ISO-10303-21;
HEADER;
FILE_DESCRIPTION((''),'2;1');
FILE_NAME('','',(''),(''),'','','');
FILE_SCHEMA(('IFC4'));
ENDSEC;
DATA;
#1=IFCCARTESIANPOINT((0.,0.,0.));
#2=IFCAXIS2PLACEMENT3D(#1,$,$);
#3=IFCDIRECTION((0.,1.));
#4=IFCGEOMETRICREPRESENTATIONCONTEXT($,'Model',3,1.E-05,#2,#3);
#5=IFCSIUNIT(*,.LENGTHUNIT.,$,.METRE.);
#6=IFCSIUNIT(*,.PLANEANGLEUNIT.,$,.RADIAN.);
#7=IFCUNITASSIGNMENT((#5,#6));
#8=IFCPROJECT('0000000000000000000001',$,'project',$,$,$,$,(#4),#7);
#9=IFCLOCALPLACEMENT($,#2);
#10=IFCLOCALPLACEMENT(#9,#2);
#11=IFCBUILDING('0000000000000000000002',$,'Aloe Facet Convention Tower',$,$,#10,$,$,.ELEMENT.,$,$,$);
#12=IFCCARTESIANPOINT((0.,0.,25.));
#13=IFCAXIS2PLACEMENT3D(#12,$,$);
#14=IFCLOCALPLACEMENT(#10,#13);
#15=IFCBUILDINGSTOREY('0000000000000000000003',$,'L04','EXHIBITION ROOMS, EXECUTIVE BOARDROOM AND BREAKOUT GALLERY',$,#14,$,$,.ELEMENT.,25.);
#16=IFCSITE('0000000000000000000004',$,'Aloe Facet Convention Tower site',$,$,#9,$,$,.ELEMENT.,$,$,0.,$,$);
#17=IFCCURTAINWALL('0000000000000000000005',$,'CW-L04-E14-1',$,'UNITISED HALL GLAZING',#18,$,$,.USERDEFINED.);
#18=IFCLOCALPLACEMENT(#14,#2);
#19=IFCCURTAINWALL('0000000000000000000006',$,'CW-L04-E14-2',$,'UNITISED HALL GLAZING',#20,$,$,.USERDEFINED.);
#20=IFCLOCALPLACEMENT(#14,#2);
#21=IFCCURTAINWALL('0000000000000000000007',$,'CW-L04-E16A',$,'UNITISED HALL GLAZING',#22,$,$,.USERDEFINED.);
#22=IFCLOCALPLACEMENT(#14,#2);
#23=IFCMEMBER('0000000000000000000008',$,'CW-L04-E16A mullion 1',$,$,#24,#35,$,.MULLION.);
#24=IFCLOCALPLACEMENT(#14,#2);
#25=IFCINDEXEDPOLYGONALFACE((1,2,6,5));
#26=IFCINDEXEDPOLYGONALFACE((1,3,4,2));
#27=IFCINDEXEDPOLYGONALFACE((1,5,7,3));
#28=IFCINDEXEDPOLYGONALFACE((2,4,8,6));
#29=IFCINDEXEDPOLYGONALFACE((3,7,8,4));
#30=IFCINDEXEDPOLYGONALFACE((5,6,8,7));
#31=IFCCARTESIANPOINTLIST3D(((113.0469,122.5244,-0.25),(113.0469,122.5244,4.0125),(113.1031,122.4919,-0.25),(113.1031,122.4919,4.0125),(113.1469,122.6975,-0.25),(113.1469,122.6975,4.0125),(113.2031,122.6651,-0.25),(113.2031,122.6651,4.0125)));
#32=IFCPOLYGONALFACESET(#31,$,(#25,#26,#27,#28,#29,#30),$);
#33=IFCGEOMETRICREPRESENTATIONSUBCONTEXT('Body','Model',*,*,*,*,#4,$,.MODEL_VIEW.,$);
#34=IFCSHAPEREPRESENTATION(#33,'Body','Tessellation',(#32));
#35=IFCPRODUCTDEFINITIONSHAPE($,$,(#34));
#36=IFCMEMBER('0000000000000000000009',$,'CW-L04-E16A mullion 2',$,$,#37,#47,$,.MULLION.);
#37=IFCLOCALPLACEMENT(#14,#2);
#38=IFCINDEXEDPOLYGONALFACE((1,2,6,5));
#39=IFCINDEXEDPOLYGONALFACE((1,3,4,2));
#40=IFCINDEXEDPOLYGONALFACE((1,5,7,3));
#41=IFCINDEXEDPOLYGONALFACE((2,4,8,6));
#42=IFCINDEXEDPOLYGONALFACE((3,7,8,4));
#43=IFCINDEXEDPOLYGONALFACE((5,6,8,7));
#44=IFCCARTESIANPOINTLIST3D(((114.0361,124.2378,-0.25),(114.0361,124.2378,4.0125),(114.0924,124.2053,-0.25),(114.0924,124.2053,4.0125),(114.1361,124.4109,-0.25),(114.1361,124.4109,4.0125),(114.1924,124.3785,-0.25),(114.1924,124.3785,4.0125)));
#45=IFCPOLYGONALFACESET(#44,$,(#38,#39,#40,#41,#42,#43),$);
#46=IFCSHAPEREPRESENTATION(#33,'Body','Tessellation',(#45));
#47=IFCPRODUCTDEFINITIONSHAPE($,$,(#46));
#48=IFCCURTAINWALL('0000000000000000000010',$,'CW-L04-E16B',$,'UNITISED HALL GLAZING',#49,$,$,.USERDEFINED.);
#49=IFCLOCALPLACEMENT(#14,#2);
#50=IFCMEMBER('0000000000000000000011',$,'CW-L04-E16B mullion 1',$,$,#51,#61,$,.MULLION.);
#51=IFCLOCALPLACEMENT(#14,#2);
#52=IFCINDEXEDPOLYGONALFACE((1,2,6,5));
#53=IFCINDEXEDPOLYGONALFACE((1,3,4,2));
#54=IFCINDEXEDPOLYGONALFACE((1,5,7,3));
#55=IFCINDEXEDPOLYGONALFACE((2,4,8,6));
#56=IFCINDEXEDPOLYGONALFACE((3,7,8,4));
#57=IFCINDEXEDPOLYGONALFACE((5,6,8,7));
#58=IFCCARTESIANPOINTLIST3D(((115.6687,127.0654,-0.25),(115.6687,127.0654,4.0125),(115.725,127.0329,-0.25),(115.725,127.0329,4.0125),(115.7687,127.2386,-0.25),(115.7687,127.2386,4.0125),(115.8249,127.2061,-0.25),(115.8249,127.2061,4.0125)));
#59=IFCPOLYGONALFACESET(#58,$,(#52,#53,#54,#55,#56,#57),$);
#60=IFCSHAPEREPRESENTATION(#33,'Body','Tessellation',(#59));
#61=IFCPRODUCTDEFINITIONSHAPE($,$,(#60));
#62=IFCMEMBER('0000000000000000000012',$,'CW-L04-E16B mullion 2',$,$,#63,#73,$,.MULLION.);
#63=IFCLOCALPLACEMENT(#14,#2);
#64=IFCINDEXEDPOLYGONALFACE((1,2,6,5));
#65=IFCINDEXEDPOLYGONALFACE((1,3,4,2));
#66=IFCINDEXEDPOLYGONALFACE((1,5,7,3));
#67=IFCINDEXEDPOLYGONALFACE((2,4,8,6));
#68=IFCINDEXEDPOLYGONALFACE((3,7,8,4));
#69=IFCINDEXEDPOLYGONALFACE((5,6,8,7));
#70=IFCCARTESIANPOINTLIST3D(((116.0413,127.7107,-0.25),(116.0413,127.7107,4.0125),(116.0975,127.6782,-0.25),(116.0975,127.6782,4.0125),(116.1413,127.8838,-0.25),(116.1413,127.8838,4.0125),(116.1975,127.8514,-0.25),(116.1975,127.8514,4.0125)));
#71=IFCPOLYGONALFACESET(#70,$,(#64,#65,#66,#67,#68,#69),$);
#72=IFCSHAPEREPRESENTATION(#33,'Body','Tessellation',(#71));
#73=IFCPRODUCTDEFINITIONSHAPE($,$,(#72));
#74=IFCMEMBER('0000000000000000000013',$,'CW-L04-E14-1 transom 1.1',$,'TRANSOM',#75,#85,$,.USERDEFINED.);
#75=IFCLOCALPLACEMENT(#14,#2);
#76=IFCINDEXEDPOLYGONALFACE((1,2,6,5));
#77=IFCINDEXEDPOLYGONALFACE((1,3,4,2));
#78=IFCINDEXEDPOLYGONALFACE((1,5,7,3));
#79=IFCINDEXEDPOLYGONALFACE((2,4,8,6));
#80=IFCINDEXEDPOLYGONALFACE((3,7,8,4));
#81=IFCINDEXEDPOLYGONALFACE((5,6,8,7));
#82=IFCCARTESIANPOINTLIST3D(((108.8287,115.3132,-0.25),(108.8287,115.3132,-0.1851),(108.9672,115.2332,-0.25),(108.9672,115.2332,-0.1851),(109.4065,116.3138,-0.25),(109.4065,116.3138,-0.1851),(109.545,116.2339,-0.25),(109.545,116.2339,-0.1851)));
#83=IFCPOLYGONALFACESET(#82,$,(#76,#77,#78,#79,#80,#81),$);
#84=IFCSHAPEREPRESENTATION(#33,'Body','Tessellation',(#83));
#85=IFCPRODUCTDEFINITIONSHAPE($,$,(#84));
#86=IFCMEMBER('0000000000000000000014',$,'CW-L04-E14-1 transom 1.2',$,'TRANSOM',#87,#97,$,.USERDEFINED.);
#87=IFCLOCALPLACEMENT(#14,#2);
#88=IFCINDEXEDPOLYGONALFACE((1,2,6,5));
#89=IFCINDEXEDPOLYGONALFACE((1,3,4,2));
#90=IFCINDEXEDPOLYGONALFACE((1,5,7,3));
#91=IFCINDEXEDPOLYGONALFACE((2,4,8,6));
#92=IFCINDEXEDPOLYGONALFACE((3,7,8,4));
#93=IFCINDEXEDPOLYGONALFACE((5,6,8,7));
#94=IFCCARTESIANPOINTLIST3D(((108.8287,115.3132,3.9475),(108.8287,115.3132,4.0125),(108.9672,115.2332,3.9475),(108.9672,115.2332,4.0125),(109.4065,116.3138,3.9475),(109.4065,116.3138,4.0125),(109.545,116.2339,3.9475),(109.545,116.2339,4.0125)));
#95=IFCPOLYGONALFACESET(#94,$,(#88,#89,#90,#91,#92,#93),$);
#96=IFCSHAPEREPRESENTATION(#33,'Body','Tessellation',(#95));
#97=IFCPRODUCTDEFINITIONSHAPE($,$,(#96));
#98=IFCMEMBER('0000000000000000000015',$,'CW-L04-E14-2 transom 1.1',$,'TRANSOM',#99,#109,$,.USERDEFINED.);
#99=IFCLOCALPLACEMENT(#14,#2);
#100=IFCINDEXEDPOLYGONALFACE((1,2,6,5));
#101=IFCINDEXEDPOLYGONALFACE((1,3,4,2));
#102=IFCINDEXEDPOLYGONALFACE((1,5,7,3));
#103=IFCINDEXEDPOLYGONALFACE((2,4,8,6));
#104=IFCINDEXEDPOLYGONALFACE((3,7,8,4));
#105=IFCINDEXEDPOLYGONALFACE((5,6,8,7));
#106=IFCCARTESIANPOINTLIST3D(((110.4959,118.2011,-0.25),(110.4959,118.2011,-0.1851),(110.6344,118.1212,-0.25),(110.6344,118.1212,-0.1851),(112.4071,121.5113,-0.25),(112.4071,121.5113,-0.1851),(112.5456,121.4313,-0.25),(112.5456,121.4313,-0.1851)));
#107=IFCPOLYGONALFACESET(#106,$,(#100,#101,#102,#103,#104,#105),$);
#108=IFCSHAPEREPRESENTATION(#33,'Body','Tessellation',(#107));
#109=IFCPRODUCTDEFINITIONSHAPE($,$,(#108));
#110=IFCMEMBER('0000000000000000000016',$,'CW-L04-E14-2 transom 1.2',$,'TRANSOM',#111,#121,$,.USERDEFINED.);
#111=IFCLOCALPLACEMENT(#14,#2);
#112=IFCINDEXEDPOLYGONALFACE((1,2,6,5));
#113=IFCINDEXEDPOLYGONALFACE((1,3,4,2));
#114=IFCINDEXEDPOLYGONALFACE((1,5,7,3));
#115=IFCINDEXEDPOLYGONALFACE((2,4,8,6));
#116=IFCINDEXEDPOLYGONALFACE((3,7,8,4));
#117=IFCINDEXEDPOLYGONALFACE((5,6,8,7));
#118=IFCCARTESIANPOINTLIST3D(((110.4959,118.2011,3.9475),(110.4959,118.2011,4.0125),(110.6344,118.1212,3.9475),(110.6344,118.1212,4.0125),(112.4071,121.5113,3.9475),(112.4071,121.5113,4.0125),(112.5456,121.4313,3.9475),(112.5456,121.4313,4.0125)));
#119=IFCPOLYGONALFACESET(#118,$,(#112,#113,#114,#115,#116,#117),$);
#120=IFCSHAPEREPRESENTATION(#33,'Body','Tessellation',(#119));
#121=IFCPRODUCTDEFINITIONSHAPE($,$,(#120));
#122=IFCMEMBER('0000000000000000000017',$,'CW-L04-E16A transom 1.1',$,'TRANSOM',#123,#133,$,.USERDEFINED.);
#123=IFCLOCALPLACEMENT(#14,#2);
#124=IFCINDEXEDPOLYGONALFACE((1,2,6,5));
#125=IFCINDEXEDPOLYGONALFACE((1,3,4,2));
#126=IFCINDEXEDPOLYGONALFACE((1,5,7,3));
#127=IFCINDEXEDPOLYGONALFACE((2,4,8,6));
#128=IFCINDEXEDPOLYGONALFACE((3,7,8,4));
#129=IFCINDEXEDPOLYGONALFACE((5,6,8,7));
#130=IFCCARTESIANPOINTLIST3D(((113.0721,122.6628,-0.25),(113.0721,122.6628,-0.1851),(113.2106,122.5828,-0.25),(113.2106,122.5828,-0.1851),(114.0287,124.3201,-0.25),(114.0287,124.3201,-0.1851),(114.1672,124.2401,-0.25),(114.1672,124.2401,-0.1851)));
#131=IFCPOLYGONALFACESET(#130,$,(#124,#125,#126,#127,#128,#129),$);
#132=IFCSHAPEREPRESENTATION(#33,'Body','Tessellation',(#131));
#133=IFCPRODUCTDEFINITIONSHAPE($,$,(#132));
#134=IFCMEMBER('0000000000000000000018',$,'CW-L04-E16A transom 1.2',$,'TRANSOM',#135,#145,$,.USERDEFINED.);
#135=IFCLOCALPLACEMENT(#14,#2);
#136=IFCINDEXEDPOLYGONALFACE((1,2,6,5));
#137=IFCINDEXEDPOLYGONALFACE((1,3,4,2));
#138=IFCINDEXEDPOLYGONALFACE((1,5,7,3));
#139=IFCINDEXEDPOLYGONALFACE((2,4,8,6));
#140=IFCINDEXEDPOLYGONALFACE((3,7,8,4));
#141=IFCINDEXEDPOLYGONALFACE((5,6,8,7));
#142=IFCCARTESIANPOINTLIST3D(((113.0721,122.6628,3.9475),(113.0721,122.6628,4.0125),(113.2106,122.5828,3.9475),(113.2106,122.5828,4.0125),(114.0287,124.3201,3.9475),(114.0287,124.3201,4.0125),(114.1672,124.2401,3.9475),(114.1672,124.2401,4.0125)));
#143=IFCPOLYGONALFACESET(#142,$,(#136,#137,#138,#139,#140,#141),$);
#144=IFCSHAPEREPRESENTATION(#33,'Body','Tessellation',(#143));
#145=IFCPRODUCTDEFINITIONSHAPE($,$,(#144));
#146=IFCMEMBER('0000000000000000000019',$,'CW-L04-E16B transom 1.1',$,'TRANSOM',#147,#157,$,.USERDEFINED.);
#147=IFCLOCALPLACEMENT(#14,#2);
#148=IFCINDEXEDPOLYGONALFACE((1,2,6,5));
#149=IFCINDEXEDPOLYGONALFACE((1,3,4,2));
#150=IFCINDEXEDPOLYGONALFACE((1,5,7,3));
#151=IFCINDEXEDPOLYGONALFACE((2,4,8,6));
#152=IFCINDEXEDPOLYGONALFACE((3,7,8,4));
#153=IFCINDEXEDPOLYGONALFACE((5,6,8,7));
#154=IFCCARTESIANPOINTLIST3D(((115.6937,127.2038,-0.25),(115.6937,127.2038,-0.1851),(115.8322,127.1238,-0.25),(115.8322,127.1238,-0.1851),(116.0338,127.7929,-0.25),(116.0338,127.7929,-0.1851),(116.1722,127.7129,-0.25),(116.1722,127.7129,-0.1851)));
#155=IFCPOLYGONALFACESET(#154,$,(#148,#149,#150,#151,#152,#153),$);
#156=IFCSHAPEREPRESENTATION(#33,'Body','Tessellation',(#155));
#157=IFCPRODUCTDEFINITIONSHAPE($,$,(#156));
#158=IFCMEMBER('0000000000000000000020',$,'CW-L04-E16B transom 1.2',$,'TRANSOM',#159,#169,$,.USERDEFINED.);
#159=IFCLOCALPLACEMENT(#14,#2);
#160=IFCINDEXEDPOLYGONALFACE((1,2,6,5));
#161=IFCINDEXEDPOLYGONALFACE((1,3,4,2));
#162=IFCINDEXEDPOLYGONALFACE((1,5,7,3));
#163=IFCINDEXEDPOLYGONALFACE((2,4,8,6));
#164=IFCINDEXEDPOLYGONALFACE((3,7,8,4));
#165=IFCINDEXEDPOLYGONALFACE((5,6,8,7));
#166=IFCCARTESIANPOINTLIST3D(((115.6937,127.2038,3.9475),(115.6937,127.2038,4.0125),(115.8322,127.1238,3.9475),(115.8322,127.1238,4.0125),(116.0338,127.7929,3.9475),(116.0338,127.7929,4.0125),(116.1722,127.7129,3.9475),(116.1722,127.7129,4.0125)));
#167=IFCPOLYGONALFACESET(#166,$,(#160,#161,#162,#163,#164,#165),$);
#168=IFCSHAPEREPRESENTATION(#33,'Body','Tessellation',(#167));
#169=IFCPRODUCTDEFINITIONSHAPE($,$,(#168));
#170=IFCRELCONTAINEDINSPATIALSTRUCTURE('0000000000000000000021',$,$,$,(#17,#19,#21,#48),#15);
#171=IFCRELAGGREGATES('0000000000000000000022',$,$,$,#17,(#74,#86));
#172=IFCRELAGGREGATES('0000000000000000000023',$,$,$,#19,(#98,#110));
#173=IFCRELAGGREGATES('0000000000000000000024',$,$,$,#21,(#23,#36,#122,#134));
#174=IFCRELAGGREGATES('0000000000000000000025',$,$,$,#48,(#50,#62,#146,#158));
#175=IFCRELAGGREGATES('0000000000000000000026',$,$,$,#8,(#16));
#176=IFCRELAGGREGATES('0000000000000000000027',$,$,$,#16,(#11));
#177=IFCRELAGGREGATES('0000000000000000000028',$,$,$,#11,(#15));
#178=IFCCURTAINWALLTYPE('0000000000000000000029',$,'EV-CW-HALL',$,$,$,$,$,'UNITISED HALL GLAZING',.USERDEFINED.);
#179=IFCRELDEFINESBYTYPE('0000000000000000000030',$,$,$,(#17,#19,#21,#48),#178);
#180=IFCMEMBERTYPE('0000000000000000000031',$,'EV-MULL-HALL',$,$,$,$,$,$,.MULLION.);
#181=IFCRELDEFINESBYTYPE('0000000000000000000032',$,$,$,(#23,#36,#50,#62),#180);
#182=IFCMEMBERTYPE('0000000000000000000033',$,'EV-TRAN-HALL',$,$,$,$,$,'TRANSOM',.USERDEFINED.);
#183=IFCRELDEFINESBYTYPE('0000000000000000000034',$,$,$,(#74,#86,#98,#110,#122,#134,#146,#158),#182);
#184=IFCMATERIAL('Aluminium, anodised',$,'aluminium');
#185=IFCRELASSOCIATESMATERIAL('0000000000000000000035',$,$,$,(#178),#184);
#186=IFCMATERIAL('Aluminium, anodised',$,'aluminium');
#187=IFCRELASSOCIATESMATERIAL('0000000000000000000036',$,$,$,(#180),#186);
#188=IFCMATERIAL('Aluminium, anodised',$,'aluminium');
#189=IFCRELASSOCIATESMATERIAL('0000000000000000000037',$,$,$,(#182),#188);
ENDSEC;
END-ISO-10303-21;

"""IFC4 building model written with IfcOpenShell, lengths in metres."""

from ifc_helpers import new_model, si_unit, direction, frame, origin, origin_2d, place, context, subcontext, project, spatial, rectangle, extrude, material, material_profile, profile_set, type_object, element, aggregate, save


model = new_model("IFC4")

# Units and contexts
model_context = context("Model", 3, precision=1e-05, world=origin(), true_north=direction((0.0, 1.0)))
body_context = subcontext(model_context, "Body", "Model", "MODEL_VIEW")
ifc_project = project(units=[si_unit("LENGTHUNIT", "METRE"), si_unit("PLANEANGLEUNIT", "RADIAN")], contexts=[model_context])

# Site, building, storey
site_placement = place(None, origin())
site = spatial("IfcSite", under=ifc_project, at=site_placement, Name="Aloe Facet Convention Tower site", CompositionType="ELEMENT", RefElevation=0.0)
building_placement = place(site_placement, origin())
building = spatial("IfcBuilding", under=site, at=building_placement, Name="Aloe Facet Convention Tower", CompositionType="ELEMENT")
storey_placement = place(building_placement, frame((0.0, 0.0, 25.0)))
storey = spatial("IfcBuildingStorey", under=building, at=storey_placement, Name="L04", Description="EXHIBITION ROOMS, EXECUTIVE BOARDROOM AND BREAKOUT GALLERY", CompositionType="ELEMENT", Elevation=25.0)

# Curtain walls, members
ifc_material_1 = material(Name="Aluminium, anodised", Category="aluminium")
curtain_wall_type = type_object("IfcCurtainWallType", Name="EV-CW-HALL", ElementType="UNITISED HALL GLAZING", PredefinedType="USERDEFINED", material=ifc_material_1)
curtain_wall_1_placement = place(storey_placement, origin())
curtain_wall_1 = element("IfcCurtainWall", 1, at=curtain_wall_1_placement, inside=storey, type_object=curtain_wall_type, Name="CW-L04-E14-1", ObjectType="UNITISED HALL GLAZING", PredefinedType="USERDEFINED")
ifc_material_2 = material(Name="Aluminium, anodised", Category="aluminium")
ifc_material_profile_1 = material_profile(ifc_material_2, rectangle(XDim=0.0649, YDim=0.2, at=origin_2d()), Name="AL 65x200")
ifc_profile_set_1 = profile_set([ifc_material_profile_1], Name="Aluminium, anodised")
member_type_1 = type_object("IfcMemberType", Name="EV-MULL-HALL", PredefinedType="MULLION", material=ifc_profile_set_1)
curtain_wall_2_placement = place(storey_placement, origin())
curtain_wall_2 = element("IfcCurtainWall", 2, at=curtain_wall_2_placement, inside=storey, type_object=curtain_wall_type, Name="CW-L04-E14-2", ObjectType="UNITISED HALL GLAZING", PredefinedType="USERDEFINED")
curtain_wall_3_placement = place(storey_placement, origin())
curtain_wall_3 = element("IfcCurtainWall", 3, at=curtain_wall_3_placement, inside=storey, type_object=curtain_wall_type, Name="CW-L04-E16A", ObjectType="UNITISED HALL GLAZING", PredefinedType="USERDEFINED")
member_1_placement = place(storey_placement, frame((113.125, 122.5947, -0.25), z_axis=(0.0, 0.0, 1.0), x_axis=(-0.866025, 0.5, 0.0)))
member_1 = element("IfcMember", 4, at=member_1_placement, type_object=member_type_1, Name="CW-L04-E16A mullion 1", PredefinedType="MULLION", context=body_context, shape_type="SweptSolid", body=[
    extrude(rectangle(XDim=0.0649, YDim=0.2, at=origin_2d()), origin(), (0.0, 0.0, 1.0), 4.2625),
])
member_2_placement = place(storey_placement, frame((114.1143, 124.3081, -0.25), z_axis=(0.0, 0.0, 1.0), x_axis=(-0.866025, 0.5, 0.0)))
member_2 = element("IfcMember", 5, at=member_2_placement, type_object=member_type_1, Name="CW-L04-E16A mullion 2", PredefinedType="MULLION", context=body_context, shape_type="SweptSolid", body=[
    extrude(rectangle(XDim=0.0649, YDim=0.2, at=origin_2d()), origin(), (0.0, 0.0, 1.0), 4.2625),
])
curtain_wall_4_placement = place(storey_placement, origin())
curtain_wall_4 = element("IfcCurtainWall", 6, at=curtain_wall_4_placement, inside=storey, type_object=curtain_wall_type, Name="CW-L04-E16B", ObjectType="UNITISED HALL GLAZING", PredefinedType="USERDEFINED")
member_3_placement = place(storey_placement, frame((115.7468, 127.1357, -0.25), z_axis=(0.0, 0.0, 1.0), x_axis=(-0.866025, 0.5, 0.0)))
member_3 = element("IfcMember", 7, at=member_3_placement, type_object=member_type_1, Name="CW-L04-E16B mullion 1", PredefinedType="MULLION", context=body_context, shape_type="SweptSolid", body=[
    extrude(rectangle(XDim=0.0649, YDim=0.2, at=origin_2d()), origin(), (0.0, 0.0, 1.0), 4.2625),
])
member_4_placement = place(storey_placement, frame((116.1194, 127.781, -0.25), z_axis=(0.0, 0.0, 1.0), x_axis=(-0.866025, 0.5, 0.0)))
member_4 = element("IfcMember", 8, at=member_4_placement, type_object=member_type_1, Name="CW-L04-E16B mullion 2", PredefinedType="MULLION", context=body_context, shape_type="SweptSolid", body=[
    extrude(rectangle(XDim=0.0649, YDim=0.2, at=origin_2d()), origin(), (0.0, 0.0, 1.0), 4.2625),
])

# Members
ifc_material_3 = material(Name="Aluminium, anodised", Category="aluminium")
ifc_material_profile_2 = material_profile(ifc_material_3, rectangle(XDim=0.1599, YDim=0.0649, at=origin_2d()), Name="AL 160x65")
ifc_profile_set_2 = profile_set([ifc_material_profile_2], Name="Aluminium, anodised")
member_type_2 = type_object("IfcMemberType", Name="EV-TRAN-HALL", ElementType="TRANSOM", PredefinedType="USERDEFINED", material=ifc_profile_set_2)
member_5_placement = place(storey_placement, frame((108.8979, 115.2732, -0.2175), z_axis=(0.50007, 0.865985, 0.0), x_axis=(-0.865985, 0.50007, 0.0)))
member_5 = element("IfcMember", 9, at=member_5_placement, type_object=member_type_2, Name="CW-L04-E14-1 transom 1.1", ObjectType="TRANSOM", PredefinedType="USERDEFINED", context=body_context, shape_type="SweptSolid", body=[
    extrude(rectangle(XDim=0.1599, YDim=0.0649, at=origin_2d()), origin(), (0.0, 0.0, 1.0), 1.1555),
])
member_6_placement = place(storey_placement, frame((108.8979, 115.2732, 3.98), z_axis=(0.50007, 0.865985, 0.0), x_axis=(-0.865985, 0.50007, 0.0)))
member_6 = element("IfcMember", 10, at=member_6_placement, type_object=member_type_2, Name="CW-L04-E14-1 transom 1.2", ObjectType="TRANSOM", PredefinedType="USERDEFINED", context=body_context, shape_type="SweptSolid", body=[
    extrude(rectangle(XDim=0.1599, YDim=0.0649, at=origin_2d()), origin(), (0.0, 0.0, 1.0), 1.1555),
])
member_7_placement = place(storey_placement, frame((110.5652, 118.1611, -0.2175), z_axis=(0.500014, 0.866018, 0.0), x_axis=(-0.866018, 0.500014, 0.0)))
member_7 = element("IfcMember", 11, at=member_7_placement, type_object=member_type_2, Name="CW-L04-E14-2 transom 1.1", ObjectType="TRANSOM", PredefinedType="USERDEFINED", context=body_context, shape_type="SweptSolid", body=[
    extrude(rectangle(XDim=0.1599, YDim=0.0649, at=origin_2d()), origin(), (0.0, 0.0, 1.0), 3.8223),
])
member_8_placement = place(storey_placement, frame((110.5652, 118.1611, 3.98), z_axis=(0.500014, 0.866018, 0.0), x_axis=(-0.866018, 0.500014, 0.0)))
member_8 = element("IfcMember", 12, at=member_8_placement, type_object=member_type_2, Name="CW-L04-E14-2 transom 1.2", ObjectType="TRANSOM", PredefinedType="USERDEFINED", context=body_context, shape_type="SweptSolid", body=[
    extrude(rectangle(XDim=0.1599, YDim=0.0649, at=origin_2d()), origin(), (0.0, 0.0, 1.0), 3.8223),
])
member_9_placement = place(storey_placement, frame((113.1414, 122.6228, -0.2175), z_axis=(0.499899, 0.866084, 0.0), x_axis=(-0.866084, 0.499899, 0.0)))
member_9 = element("IfcMember", 13, at=member_9_placement, type_object=member_type_2, Name="CW-L04-E16A transom 1.1", ObjectType="TRANSOM", PredefinedType="USERDEFINED", context=body_context, shape_type="SweptSolid", body=[
    extrude(rectangle(XDim=0.1599, YDim=0.0649, at=origin_2d()), origin(), (0.0, 0.0, 1.0), 1.9136),
])
member_10_placement = place(storey_placement, frame((113.1414, 122.6228, 3.98), z_axis=(0.499899, 0.866084, 0.0), x_axis=(-0.866084, 0.499899, 0.0)))
member_10 = element("IfcMember", 14, at=member_10_placement, type_object=member_type_2, Name="CW-L04-E16A transom 1.2", ObjectType="TRANSOM", PredefinedType="USERDEFINED", context=body_context, shape_type="SweptSolid", body=[
    extrude(rectangle(XDim=0.1599, YDim=0.0649, at=origin_2d()), origin(), (0.0, 0.0, 1.0), 1.9136),
])
member_11_placement = place(storey_placement, frame((115.7629, 127.1638, -0.2175), z_axis=(0.499961, 0.866048, 0.0), x_axis=(-0.866048, 0.499961, 0.0)))
member_11 = element("IfcMember", 15, at=member_11_placement, type_object=member_type_2, Name="CW-L04-E16B transom 1.1", ObjectType="TRANSOM", PredefinedType="USERDEFINED", context=body_context, shape_type="SweptSolid", body=[
    extrude(rectangle(XDim=0.1599, YDim=0.0649, at=origin_2d()), origin(), (0.0, 0.0, 1.0), 0.6802),
])
member_12_placement = place(storey_placement, frame((115.7629, 127.1638, 3.98), z_axis=(0.499961, 0.866048, 0.0), x_axis=(-0.866048, 0.499961, 0.0)))
member_12 = element("IfcMember", 16, at=member_12_placement, type_object=member_type_2, Name="CW-L04-E16B transom 1.2", ObjectType="TRANSOM", PredefinedType="USERDEFINED", context=body_context, shape_type="SweptSolid", body=[
    extrude(rectangle(XDim=0.1599, YDim=0.0649, at=origin_2d()), origin(), (0.0, 0.0, 1.0), 0.6802),
])

aggregate(curtain_wall_1, [member_5, member_6])
aggregate(curtain_wall_2, [member_7, member_8])
aggregate(curtain_wall_3, [member_1, member_2, member_9, member_10])
aggregate(curtain_wall_4, [member_3, member_4, member_11, member_12])

save(model, "model.ifc")
